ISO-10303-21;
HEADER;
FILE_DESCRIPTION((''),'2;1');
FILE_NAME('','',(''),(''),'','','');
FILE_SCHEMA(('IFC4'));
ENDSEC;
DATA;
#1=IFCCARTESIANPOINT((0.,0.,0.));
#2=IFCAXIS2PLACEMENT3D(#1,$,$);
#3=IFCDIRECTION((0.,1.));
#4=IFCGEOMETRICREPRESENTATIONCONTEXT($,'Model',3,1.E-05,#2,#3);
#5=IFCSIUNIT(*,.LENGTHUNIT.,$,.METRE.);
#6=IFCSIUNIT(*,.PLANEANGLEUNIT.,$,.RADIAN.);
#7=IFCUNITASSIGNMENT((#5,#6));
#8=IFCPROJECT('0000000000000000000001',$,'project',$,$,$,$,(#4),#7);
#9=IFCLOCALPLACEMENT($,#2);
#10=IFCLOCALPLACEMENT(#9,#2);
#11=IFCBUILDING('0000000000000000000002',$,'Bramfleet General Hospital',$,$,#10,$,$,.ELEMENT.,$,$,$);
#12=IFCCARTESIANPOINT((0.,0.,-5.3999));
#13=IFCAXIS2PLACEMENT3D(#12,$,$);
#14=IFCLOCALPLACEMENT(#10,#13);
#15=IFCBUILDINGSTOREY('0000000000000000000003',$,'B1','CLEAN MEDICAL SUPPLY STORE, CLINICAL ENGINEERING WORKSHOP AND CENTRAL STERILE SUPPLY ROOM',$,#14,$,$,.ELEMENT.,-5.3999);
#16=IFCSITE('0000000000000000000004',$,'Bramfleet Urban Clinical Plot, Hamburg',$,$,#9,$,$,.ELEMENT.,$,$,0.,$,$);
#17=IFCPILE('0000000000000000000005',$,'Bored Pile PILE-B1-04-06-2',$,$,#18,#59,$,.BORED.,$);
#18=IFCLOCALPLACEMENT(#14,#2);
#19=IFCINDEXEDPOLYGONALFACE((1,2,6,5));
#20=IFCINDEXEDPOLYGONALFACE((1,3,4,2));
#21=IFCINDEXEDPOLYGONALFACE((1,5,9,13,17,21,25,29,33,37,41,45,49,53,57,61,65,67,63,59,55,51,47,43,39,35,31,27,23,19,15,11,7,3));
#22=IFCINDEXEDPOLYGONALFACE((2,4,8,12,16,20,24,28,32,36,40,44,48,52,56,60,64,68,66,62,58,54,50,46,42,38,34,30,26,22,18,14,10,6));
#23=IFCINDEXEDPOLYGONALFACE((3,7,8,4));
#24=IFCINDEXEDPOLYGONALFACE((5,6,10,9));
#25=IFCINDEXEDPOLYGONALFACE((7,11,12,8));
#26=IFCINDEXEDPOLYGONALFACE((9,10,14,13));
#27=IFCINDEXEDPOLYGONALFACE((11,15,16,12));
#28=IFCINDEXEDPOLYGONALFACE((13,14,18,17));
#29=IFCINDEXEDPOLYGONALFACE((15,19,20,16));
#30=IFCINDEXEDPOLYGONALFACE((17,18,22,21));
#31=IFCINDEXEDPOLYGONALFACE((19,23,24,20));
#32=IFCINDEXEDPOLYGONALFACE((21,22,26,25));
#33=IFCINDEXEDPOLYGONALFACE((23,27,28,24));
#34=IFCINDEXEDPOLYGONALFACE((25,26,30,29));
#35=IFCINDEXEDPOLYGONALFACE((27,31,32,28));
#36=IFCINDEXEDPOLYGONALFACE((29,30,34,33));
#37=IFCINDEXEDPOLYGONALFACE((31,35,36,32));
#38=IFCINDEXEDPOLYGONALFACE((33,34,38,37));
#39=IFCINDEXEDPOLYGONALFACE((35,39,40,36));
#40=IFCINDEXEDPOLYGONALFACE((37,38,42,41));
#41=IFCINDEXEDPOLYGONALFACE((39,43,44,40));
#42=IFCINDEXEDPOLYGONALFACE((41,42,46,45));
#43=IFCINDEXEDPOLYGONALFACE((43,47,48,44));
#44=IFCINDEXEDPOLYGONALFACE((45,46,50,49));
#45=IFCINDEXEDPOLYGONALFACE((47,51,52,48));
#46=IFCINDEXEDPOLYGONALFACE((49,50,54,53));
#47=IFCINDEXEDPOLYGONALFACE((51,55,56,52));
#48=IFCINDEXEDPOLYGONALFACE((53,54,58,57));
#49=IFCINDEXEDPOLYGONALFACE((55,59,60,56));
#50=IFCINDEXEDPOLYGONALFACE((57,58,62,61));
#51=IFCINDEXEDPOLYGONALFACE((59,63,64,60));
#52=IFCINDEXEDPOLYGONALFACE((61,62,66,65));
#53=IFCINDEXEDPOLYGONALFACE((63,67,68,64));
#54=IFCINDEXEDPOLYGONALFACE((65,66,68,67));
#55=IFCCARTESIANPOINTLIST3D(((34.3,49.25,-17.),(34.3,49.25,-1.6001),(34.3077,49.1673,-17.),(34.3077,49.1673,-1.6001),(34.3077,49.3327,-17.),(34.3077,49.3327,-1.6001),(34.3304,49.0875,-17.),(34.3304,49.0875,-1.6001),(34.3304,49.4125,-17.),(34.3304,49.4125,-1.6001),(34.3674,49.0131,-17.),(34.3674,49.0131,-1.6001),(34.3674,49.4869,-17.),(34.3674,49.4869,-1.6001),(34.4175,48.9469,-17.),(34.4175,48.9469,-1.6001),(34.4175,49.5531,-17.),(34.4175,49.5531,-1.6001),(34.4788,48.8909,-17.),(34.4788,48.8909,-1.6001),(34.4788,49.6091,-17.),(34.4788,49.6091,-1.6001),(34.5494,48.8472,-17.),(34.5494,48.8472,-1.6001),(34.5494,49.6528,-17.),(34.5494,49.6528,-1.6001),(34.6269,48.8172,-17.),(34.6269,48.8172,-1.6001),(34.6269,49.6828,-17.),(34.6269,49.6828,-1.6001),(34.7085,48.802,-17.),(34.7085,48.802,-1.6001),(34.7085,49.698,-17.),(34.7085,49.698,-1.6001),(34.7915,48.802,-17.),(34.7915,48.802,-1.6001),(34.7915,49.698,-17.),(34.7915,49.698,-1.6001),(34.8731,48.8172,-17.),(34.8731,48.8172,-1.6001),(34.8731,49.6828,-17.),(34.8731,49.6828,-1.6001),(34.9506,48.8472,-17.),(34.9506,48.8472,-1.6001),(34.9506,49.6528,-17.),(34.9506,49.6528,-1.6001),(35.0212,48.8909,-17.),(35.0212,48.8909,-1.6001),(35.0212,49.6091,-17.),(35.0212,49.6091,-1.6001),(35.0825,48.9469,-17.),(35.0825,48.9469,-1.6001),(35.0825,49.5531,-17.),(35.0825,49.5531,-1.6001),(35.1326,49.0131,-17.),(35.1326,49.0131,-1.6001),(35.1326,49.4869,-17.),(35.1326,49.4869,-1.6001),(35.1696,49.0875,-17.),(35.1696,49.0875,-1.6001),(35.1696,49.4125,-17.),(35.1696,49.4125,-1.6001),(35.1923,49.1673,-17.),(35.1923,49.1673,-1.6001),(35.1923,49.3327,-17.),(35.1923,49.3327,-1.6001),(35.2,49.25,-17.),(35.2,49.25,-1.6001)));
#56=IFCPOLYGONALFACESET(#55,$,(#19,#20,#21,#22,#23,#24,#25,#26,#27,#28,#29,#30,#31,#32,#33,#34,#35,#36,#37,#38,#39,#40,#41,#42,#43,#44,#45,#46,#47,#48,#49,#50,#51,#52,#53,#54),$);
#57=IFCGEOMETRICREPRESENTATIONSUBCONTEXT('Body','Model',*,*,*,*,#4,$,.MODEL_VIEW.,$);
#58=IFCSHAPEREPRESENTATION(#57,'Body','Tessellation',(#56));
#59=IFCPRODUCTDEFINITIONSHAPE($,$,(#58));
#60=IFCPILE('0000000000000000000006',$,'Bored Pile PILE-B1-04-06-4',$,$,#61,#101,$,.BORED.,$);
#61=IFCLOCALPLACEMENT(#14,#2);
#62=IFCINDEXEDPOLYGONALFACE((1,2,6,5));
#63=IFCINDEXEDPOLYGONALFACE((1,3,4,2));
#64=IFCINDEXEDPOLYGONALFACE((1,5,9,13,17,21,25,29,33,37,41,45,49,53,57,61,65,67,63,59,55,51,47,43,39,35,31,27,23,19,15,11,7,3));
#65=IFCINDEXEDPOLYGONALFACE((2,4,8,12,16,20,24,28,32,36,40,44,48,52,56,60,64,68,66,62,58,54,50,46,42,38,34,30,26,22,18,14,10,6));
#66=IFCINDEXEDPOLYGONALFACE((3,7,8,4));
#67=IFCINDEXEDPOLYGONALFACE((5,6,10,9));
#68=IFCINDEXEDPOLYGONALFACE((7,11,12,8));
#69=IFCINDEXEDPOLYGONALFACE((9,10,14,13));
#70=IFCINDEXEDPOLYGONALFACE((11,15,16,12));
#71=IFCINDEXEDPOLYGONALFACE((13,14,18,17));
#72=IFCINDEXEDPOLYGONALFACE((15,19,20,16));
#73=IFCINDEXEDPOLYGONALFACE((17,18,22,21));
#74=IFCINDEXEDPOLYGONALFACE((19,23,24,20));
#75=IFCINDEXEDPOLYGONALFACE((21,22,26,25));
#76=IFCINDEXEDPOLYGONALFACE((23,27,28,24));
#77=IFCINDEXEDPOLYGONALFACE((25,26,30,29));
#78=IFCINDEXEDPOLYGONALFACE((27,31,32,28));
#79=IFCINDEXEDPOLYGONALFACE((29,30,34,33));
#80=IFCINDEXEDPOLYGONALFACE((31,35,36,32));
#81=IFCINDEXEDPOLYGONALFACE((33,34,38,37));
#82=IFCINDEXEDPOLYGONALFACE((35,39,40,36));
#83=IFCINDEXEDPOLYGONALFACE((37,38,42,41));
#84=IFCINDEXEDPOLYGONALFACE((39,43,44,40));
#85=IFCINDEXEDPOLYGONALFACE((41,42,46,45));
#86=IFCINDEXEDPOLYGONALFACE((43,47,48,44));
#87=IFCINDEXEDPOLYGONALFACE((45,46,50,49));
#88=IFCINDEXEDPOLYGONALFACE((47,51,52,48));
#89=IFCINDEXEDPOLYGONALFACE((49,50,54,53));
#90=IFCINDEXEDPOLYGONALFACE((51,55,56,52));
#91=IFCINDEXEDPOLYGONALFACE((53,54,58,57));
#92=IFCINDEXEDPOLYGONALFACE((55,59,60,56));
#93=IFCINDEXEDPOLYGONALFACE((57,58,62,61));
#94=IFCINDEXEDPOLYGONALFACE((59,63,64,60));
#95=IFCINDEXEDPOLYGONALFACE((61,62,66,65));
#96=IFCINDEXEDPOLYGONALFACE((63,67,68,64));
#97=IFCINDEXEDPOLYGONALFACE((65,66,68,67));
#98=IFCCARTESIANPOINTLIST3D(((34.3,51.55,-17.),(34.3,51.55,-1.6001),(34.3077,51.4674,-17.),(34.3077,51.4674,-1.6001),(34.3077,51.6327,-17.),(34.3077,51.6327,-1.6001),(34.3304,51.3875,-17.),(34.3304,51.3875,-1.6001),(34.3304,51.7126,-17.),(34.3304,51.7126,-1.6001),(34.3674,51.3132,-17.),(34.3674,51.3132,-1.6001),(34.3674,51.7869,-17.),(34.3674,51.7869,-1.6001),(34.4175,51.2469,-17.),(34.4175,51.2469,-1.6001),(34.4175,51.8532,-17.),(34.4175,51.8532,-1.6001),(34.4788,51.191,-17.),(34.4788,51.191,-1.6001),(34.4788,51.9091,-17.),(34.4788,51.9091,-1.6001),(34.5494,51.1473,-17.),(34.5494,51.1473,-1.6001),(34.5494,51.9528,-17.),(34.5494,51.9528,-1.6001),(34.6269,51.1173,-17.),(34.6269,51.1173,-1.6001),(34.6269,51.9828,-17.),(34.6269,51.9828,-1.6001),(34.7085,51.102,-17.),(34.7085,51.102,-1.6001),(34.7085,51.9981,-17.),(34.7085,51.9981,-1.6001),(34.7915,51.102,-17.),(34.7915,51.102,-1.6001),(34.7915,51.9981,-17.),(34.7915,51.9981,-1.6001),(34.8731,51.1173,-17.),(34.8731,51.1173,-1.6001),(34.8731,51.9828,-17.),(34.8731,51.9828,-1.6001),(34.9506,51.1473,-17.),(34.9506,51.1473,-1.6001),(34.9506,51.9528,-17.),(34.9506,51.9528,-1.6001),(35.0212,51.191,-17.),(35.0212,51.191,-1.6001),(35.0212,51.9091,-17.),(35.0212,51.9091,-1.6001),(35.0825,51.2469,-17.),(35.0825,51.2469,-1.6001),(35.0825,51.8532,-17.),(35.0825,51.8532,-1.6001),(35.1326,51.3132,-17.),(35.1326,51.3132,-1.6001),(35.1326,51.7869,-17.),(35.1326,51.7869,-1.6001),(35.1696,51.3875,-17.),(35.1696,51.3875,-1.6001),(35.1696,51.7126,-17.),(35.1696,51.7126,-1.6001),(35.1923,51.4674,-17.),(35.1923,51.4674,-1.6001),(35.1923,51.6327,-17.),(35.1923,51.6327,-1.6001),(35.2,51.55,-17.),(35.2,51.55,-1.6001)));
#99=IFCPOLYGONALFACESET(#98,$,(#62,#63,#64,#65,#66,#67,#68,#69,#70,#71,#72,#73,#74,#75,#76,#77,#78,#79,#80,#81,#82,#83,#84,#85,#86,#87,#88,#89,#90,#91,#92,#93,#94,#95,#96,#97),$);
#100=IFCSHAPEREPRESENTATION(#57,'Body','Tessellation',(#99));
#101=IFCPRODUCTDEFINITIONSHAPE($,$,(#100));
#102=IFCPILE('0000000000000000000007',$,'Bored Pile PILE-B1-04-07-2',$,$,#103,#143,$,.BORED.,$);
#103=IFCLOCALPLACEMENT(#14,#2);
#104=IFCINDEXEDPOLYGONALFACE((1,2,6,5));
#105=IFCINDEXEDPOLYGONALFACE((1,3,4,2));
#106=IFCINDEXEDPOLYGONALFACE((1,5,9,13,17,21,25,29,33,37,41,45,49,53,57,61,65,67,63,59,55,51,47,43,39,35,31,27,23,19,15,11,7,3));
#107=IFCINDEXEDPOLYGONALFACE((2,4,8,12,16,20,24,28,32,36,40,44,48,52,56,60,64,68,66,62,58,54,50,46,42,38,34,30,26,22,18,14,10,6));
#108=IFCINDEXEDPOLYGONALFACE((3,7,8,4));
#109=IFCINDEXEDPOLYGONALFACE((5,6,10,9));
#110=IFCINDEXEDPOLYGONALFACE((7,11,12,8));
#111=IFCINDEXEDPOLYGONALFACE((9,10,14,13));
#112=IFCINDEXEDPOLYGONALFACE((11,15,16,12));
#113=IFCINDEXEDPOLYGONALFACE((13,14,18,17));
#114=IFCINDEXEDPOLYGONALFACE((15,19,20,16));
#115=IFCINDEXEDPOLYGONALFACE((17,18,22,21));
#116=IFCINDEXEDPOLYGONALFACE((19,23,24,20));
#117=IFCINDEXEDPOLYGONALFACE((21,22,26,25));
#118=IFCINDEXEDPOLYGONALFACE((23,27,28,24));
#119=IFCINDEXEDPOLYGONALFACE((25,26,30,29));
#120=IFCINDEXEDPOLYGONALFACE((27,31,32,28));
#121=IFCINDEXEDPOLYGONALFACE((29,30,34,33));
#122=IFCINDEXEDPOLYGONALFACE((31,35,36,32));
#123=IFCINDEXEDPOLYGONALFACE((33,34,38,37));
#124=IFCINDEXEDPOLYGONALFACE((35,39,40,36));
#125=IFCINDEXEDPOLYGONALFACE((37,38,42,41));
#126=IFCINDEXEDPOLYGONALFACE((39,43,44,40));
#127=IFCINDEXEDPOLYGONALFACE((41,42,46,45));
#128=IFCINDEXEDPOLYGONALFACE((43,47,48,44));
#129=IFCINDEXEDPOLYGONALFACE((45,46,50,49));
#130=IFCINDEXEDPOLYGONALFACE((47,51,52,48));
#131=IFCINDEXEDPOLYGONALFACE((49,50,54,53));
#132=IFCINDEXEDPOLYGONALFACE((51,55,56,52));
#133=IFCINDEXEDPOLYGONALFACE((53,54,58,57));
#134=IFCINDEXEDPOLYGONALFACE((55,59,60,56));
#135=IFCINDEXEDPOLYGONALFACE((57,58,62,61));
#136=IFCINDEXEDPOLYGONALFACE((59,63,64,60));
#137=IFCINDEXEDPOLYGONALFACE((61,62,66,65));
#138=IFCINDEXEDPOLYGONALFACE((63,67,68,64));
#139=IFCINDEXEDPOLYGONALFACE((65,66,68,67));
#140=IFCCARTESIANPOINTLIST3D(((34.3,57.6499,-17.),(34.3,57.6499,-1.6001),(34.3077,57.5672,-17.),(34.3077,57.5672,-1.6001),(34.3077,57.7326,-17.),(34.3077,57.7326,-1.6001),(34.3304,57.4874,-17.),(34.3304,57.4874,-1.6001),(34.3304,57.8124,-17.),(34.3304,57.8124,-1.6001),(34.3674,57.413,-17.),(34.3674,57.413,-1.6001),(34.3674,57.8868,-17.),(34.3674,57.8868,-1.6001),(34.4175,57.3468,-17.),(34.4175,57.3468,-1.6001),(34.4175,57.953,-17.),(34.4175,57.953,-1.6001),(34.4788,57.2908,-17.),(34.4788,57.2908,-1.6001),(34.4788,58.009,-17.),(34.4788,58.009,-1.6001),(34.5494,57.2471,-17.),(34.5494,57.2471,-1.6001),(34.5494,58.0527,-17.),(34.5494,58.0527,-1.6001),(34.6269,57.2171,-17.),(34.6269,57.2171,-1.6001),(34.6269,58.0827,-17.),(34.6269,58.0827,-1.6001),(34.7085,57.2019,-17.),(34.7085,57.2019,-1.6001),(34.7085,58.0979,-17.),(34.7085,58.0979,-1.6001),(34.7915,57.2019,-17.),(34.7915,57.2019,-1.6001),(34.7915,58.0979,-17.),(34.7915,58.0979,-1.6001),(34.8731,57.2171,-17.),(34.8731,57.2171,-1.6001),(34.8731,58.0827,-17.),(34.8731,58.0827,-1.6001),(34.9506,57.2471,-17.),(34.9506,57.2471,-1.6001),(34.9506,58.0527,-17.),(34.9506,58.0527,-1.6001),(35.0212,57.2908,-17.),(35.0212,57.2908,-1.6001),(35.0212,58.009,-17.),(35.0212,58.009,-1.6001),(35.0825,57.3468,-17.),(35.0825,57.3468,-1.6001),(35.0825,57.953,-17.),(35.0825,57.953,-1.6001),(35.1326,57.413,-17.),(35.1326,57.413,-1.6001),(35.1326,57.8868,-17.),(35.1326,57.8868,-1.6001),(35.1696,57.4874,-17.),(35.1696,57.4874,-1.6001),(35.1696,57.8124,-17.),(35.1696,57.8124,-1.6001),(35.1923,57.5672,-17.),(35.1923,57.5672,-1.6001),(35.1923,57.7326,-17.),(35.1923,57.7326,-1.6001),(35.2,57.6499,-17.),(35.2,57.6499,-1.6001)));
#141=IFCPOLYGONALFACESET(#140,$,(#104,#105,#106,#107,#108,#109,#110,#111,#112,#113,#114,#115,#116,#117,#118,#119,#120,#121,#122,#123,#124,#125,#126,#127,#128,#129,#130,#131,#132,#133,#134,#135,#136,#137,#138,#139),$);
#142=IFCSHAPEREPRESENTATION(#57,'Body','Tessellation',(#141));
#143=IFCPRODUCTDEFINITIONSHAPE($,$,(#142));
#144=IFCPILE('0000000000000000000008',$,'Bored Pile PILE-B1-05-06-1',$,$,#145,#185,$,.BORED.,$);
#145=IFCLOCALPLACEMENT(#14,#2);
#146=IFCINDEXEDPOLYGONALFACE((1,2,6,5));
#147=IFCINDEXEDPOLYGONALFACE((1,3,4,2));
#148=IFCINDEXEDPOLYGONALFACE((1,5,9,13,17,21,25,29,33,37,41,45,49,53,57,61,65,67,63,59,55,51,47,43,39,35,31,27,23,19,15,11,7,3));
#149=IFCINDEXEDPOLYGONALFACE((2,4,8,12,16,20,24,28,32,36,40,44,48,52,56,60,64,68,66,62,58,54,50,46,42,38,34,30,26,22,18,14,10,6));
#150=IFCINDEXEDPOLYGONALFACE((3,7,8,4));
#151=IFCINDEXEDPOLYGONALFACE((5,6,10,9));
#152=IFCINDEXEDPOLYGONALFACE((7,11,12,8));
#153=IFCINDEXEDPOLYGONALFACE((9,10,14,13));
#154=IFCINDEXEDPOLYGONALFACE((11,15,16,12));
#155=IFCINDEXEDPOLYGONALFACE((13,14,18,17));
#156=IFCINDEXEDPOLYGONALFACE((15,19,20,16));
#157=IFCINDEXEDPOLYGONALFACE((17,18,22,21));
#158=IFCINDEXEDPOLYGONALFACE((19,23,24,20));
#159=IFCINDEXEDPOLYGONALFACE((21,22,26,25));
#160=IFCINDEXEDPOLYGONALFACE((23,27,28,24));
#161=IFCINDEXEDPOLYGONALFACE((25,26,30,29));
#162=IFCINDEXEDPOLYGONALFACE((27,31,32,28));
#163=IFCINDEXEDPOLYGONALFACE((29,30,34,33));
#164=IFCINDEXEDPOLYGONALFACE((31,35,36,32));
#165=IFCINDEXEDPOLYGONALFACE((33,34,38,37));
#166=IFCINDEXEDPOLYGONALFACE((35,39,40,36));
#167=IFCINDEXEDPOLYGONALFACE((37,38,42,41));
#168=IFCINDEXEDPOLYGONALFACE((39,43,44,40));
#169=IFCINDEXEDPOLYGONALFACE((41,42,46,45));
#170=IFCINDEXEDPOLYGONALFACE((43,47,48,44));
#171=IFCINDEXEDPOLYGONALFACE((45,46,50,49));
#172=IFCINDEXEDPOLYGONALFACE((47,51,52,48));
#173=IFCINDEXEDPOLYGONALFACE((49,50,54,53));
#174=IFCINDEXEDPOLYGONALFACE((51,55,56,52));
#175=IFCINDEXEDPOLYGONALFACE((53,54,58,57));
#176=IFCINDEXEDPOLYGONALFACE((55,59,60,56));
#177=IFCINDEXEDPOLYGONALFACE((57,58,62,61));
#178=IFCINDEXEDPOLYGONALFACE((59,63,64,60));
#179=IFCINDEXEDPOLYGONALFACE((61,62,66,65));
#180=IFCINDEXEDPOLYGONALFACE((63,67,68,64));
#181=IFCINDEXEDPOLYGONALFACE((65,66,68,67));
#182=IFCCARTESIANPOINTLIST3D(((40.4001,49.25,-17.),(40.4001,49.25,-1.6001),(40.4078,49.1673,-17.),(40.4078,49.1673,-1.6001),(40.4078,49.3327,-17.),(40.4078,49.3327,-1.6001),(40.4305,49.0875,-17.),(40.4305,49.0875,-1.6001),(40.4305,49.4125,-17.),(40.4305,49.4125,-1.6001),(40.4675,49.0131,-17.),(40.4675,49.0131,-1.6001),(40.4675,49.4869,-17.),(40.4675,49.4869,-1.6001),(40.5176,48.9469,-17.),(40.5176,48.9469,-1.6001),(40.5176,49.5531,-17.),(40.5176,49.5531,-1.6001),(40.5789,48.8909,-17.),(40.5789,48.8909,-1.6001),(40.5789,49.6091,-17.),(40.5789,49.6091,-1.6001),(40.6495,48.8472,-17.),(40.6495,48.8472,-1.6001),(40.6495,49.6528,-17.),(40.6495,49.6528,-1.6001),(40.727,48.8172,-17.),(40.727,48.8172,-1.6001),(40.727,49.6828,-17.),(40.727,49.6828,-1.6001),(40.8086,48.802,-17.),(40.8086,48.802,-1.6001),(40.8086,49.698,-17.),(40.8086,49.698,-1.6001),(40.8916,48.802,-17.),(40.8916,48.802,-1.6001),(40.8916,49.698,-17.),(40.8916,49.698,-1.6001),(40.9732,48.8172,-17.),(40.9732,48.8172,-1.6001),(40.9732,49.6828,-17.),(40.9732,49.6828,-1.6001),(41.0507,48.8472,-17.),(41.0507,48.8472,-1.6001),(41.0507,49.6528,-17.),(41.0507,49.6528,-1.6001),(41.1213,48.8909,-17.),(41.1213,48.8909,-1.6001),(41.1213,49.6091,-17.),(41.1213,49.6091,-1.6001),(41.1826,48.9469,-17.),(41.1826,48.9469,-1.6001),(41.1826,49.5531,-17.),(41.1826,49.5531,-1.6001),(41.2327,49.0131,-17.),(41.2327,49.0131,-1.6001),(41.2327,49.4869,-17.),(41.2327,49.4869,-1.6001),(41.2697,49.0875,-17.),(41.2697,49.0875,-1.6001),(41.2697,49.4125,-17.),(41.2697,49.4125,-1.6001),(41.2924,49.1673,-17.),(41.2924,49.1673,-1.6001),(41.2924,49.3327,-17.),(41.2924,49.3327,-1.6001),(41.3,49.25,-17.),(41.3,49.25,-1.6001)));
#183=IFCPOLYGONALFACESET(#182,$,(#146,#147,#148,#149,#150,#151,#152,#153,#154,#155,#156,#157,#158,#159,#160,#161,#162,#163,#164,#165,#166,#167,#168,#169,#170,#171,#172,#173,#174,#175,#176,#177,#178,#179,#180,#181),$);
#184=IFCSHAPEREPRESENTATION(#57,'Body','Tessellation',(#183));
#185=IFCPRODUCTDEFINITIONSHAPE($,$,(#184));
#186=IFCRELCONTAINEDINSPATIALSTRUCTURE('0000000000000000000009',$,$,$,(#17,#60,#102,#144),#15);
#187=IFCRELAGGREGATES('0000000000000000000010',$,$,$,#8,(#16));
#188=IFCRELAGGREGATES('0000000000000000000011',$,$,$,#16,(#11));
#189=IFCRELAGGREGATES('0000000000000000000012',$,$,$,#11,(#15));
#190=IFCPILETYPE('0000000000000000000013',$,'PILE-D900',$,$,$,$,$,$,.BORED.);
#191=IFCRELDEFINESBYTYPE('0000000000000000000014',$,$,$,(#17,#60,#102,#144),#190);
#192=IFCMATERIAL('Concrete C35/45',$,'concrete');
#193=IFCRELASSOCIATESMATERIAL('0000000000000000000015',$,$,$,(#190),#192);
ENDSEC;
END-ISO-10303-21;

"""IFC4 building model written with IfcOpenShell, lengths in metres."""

from ifc_helpers import new_model, si_unit, direction, frame, origin, origin_2d, place, context, subcontext, project, spatial, circle, extrude, material, material_profile, profile_set, type_object, element, save


model = new_model("IFC4")

# Units and contexts
model_context = context("Model", 3, precision=1e-05, world=origin(), true_north=direction((0.0, 1.0)))
body_context = subcontext(model_context, "Body", "Model", "MODEL_VIEW")
ifc_project = project(units=[si_unit("LENGTHUNIT", "METRE"), si_unit("PLANEANGLEUNIT", "RADIAN")], contexts=[model_context])

# Site, building, storey
site_placement = place(None, origin())
site = spatial("IfcSite", under=ifc_project, at=site_placement, Name="Bramfleet Urban Clinical Plot, Hamburg", CompositionType="ELEMENT", RefElevation=0.0)
building_placement = place(site_placement, origin())
building = spatial("IfcBuilding", under=site, at=building_placement, Name="Bramfleet General Hospital", CompositionType="ELEMENT")
storey_placement = place(building_placement, frame((0.0, 0.0, -5.3999)))
storey = spatial("IfcBuildingStorey", under=building, at=storey_placement, Name="B1", Description="CLEAN MEDICAL SUPPLY STORE, CLINICAL ENGINEERING WORKSHOP AND CENTRAL STERILE SUPPLY ROOM", CompositionType="ELEMENT", Elevation=-5.3999)

# Shared definitions
ifc_material_1 = material(Name="Concrete C35/45", Category="concrete")

# Piles
ifc_material_profile_1 = material_profile(ifc_material_1, circle(Radius=0.45, at=origin_2d()), Name="PILE BORED D900")
ifc_profile_set_1 = profile_set([ifc_material_profile_1], Name="Concrete C35/45")
pile_type_1 = type_object("IfcPileType", Name="PILE-D900", PredefinedType="BORED", material=ifc_profile_set_1)
for number, where, z_axis, x_axis, name in (
    (1, (34.75, 49.25, -1.6001), (0.0, 0.0, -1.0), (1.0, 0.0, 0.0), "Bored Pile PILE-B1-04-06-2"),
    (2, (34.75, 51.55, -1.6001), (0.0, 0.0, -1.0), (1.0, 0.0, 0.0), "Bored Pile PILE-B1-04-06-4"),
    (3, (34.75, 57.6499, -1.6001), (0.0, 0.0, -1.0), (1.0, 0.0, 0.0), "Bored Pile PILE-B1-04-07-2"),
    (4, (40.8501, 49.25, -1.6001), (0.0, 0.0, -1.0), (1.0, 0.0, 0.0), "Bored Pile PILE-B1-05-06-1"),
):
    element("IfcPile", number, at=place(storey_placement, frame(where, z_axis=z_axis, x_axis=x_axis)), inside=storey, type_object=pile_type_1, Name=name, PredefinedType="BORED", context=body_context, shape_type="SweptSolid", body=[
        extrude(circle(Radius=0.45, at=origin_2d()), origin(), (0.0, 0.0, 1.0), 15.3999),
    ])

save(model, "model.ifc")
